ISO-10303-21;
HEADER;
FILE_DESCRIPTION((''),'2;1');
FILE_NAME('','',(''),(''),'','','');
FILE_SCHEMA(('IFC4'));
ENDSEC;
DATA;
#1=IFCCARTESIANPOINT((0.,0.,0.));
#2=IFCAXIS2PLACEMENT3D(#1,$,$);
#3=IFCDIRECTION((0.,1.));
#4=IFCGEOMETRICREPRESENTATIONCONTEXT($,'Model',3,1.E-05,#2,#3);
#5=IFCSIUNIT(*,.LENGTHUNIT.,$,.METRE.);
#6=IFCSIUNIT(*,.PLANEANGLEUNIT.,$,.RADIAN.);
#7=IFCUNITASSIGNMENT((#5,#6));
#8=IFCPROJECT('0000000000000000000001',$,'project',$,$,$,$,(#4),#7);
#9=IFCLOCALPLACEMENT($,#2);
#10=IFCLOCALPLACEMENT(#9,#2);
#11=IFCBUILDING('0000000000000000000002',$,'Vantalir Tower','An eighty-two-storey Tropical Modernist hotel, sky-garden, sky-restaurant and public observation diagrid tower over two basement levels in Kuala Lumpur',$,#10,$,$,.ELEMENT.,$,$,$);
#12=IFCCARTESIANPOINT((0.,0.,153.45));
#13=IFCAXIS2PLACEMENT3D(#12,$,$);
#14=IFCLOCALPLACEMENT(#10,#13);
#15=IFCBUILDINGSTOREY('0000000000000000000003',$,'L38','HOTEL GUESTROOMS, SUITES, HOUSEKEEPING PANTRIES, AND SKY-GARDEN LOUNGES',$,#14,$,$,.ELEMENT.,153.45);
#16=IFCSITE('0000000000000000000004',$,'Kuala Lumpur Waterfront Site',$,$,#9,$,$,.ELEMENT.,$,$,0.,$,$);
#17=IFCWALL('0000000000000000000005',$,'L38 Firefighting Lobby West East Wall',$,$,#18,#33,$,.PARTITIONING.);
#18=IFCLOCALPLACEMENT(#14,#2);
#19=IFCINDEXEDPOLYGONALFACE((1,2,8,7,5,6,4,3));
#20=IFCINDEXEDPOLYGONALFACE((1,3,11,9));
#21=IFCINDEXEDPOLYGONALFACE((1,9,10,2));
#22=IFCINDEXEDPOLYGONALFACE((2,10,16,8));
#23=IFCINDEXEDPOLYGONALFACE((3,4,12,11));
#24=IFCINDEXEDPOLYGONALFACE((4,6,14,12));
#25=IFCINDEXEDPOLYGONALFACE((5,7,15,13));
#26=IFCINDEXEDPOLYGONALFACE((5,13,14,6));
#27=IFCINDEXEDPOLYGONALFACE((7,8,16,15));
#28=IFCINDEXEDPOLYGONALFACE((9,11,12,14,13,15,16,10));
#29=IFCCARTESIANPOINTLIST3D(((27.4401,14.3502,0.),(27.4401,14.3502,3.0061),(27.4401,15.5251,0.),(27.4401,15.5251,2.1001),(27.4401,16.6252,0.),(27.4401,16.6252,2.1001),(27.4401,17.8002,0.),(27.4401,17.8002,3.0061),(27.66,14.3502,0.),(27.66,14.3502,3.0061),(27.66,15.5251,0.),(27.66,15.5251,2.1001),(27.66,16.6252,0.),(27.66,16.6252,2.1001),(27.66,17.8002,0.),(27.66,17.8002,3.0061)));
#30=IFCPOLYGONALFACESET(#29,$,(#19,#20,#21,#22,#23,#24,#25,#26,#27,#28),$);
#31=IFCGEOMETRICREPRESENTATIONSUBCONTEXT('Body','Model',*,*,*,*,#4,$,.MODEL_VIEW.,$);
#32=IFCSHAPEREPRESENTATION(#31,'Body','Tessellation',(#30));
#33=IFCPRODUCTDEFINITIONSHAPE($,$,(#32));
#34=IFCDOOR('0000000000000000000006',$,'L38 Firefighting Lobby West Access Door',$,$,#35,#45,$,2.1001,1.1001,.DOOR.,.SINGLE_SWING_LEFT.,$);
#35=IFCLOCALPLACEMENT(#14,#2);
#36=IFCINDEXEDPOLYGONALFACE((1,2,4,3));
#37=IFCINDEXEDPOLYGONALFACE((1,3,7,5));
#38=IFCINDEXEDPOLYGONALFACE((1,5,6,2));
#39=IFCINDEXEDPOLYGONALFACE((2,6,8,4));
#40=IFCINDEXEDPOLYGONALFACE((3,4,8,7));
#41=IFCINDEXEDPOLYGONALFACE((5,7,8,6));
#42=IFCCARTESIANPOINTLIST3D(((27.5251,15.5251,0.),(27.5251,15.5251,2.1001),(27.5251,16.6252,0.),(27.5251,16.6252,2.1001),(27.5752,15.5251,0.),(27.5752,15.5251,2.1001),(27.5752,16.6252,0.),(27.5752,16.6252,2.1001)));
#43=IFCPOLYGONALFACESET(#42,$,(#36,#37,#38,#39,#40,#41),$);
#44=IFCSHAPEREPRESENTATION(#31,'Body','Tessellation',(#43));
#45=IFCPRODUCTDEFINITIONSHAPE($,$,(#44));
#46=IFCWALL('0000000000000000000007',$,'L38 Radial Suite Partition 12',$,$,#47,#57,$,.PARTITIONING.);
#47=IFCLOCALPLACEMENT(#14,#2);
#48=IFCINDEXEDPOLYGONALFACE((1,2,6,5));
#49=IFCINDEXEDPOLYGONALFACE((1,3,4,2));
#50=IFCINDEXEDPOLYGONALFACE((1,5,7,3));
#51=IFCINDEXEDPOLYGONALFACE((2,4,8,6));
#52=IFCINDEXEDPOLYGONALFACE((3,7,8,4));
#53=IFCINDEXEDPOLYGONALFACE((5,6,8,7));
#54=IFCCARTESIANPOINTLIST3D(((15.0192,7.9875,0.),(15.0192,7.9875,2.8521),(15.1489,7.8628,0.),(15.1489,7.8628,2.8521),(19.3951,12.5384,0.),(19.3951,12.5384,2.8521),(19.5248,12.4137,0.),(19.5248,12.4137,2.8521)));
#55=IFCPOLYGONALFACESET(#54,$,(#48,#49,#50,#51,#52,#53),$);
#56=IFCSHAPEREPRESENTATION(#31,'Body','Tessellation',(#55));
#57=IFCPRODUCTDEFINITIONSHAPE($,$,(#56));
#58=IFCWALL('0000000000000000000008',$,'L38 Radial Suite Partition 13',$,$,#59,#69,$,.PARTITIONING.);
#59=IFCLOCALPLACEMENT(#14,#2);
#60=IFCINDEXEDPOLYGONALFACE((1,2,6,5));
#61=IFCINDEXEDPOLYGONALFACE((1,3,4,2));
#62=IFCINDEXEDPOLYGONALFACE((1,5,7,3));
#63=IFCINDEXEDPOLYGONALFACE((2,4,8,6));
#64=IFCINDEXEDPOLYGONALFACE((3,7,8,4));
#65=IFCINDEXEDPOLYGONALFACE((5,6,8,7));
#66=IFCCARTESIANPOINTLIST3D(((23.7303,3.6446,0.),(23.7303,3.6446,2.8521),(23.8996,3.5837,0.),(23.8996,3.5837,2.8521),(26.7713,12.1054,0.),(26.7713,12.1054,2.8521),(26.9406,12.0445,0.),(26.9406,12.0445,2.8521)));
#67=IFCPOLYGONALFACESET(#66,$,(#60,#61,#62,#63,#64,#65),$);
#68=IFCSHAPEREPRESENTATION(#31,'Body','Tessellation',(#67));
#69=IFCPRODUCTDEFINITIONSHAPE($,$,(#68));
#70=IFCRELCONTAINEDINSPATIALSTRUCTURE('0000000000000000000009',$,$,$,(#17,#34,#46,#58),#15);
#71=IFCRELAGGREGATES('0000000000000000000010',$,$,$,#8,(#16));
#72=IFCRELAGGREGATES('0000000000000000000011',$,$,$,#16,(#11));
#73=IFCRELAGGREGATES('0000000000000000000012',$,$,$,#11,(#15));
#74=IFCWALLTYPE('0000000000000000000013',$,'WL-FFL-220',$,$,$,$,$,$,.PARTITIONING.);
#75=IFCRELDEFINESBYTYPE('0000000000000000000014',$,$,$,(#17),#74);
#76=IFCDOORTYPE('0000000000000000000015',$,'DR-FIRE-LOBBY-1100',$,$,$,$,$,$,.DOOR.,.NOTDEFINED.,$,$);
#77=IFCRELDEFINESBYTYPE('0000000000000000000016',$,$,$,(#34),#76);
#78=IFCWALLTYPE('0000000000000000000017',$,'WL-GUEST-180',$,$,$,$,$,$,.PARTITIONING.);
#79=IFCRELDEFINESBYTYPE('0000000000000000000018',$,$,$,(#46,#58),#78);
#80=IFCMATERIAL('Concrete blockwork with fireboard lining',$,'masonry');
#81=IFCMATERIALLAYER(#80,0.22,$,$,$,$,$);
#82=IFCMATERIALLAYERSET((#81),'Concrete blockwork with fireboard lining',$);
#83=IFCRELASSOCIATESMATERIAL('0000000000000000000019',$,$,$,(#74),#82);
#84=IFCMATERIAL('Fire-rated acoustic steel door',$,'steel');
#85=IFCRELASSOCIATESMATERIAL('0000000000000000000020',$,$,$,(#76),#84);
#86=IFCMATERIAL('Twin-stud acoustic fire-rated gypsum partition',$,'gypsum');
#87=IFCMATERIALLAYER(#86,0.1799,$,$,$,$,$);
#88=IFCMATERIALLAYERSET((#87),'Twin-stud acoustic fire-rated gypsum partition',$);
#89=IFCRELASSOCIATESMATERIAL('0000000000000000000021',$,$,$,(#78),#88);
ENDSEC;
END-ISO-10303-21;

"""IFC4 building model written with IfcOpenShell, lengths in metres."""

from ifc_helpers import new_model, si_unit, direction, frame, frame_2d, origin, place, context, subcontext, project, spatial, rectangle, extrude, material, layer, layer_set, type_object, element, fill, save


model = new_model("IFC4")

# Units and contexts
model_context = context("Model", 3, precision=1e-05, world=origin(), true_north=direction((0.0, 1.0)))
body_context = subcontext(model_context, "Body", "Model", "MODEL_VIEW")
ifc_project = project(units=[si_unit("LENGTHUNIT", "METRE"), si_unit("PLANEANGLEUNIT", "RADIAN")], contexts=[model_context])

# Site, building, storey
site_placement = place(None, origin())
site = spatial("IfcSite", under=ifc_project, at=site_placement, Name="Kuala Lumpur Waterfront Site", CompositionType="ELEMENT", RefElevation=0.0)
building_placement = place(site_placement, origin())
building = spatial("IfcBuilding", under=site, at=building_placement, Name="Vantalir Tower", Description="An eighty-two-storey Tropical Modernist hotel, sky-garden, sky-restaurant and public observation diagrid tower over two basement levels in Kuala Lumpur", CompositionType="ELEMENT")
storey_placement = place(building_placement, frame((0.0, 0.0, 153.45)))
storey = spatial("IfcBuildingStorey", under=building, at=storey_placement, Name="L38", Description="HOTEL GUESTROOMS, SUITES, HOUSEKEEPING PANTRIES, AND SKY-GARDEN LOUNGES", CompositionType="ELEMENT", Elevation=153.45)

# Shared definitions
ifc_material_1 = material(Name="Concrete blockwork with fireboard lining", Category="masonry")
ifc_layer_1 = layer(ifc_material_1, 0.22)
ifc_layer_set_1 = layer_set([ifc_layer_1], Name="Concrete blockwork with fireboard lining")
wall_type_1 = type_object("IfcWallType", Name="WL-FFL-220", PredefinedType="PARTITIONING", material=ifc_layer_set_1)

# Wall, opening, door
wall_1_placement = place(storey_placement, frame((27.55, 14.3501, 0.0), z_axis=(0.0, 0.0, 1.0), x_axis=(0.0, 1.0, 0.0)))
wall_1 = element("IfcWall", 1, at=wall_1_placement, inside=storey, type_object=wall_type_1, Name="L38 Firefighting Lobby West East Wall", PredefinedType="PARTITIONING", context=body_context, shape_type="SweptSolid", body=[
    extrude(rectangle(XDim=3.45, YDim=0.22, at=frame_2d((1.7251, 0.0))), origin(), (0.0, 0.0, 1.0), 3.0061),
])
opening_1_placement = place(wall_1_placement, frame((1.175, 0.0, 0.0)))
opening_1 = element("IfcOpeningElement", 2, at=opening_1_placement, cuts=wall_1, PredefinedType="OPENING", context=body_context, shape_type="SweptSolid", body=[
    extrude(rectangle(XDim=1.1001, YDim=2.1001, at=frame_2d((0.55, 1.05))), frame((0.0, 0.1199, 0.0), z_axis=(0.0, -1.0, 0.0), x_axis=(1.0, 0.0, 0.0)), (0.0, 0.0, 1.0), 0.24),
])
ifc_material_2 = material(Name="Fire-rated acoustic steel door", Category="steel")
door_type_1 = type_object("IfcDoorType", Name="DR-FIRE-LOBBY-1100", OperationType="NOTDEFINED", PredefinedType="DOOR", material=ifc_material_2)
door_1_placement = place(opening_1_placement, origin())
door_1 = element("IfcDoor", 3, at=door_1_placement, inside=storey, type_object=door_type_1, Name="L38 Firefighting Lobby West Access Door", OperationType="SINGLE_SWING_LEFT", OverallHeight=2.1001, OverallWidth=1.1001, PredefinedType="DOOR", context=body_context, shape_type="SweptSolid", body=[
    extrude(rectangle(XDim=1.1001, YDim=2.1001, at=frame_2d((0.55, 1.05))), frame((0.0, 0.0249, 0.0), z_axis=(0.0, -1.0, 0.0), x_axis=(1.0, 0.0, 0.0)), (0.0, 0.0, 1.0), 0.05),
])
fill(opening_1, door_1)

# Walls
ifc_material_3 = material(Name="Twin-stud acoustic fire-rated gypsum partition", Category="gypsum")
ifc_layer_2 = layer(ifc_material_3, 0.1799)
ifc_layer_set_2 = layer_set([ifc_layer_2], Name="Twin-stud acoustic fire-rated gypsum partition")
wall_type_2 = type_object("IfcWallType", Name="WL-GUEST-180", PredefinedType="PARTITIONING", material=ifc_layer_set_2)
wall_2_placement = place(storey_placement, frame((19.46, 12.4761, 0.0), z_axis=(0.0, 0.0, 1.0), x_axis=(-0.693108, -0.720834, 0.0)))
element("IfcWall", 4, at=wall_2_placement, inside=storey, type_object=wall_type_2, Name="L38 Radial Suite Partition 12", PredefinedType="PARTITIONING", context=body_context, shape_type="SweptSolid", body=[
    extrude(rectangle(XDim=6.3135, YDim=0.1799, at=frame_2d((3.1567, 0.0))), origin(), (0.0, 0.0, 1.0), 2.8521),
])
wall_3_placement = place(storey_placement, frame((26.856, 12.075, 0.0), z_axis=(0.0, 0.0, 1.0), x_axis=(-0.338235, -0.941062, 0.0)))
element("IfcWall", 5, at=wall_3_placement, inside=storey, type_object=wall_type_2, Name="L38 Radial Suite Partition 13", PredefinedType="PARTITIONING", context=body_context, shape_type="SweptSolid", body=[
    extrude(rectangle(XDim=8.9907, YDim=0.1799, at=frame_2d((4.4954, 0.0))), origin(), (0.0, 0.0, 1.0), 2.8521),
])

save(model, "model.ifc")
